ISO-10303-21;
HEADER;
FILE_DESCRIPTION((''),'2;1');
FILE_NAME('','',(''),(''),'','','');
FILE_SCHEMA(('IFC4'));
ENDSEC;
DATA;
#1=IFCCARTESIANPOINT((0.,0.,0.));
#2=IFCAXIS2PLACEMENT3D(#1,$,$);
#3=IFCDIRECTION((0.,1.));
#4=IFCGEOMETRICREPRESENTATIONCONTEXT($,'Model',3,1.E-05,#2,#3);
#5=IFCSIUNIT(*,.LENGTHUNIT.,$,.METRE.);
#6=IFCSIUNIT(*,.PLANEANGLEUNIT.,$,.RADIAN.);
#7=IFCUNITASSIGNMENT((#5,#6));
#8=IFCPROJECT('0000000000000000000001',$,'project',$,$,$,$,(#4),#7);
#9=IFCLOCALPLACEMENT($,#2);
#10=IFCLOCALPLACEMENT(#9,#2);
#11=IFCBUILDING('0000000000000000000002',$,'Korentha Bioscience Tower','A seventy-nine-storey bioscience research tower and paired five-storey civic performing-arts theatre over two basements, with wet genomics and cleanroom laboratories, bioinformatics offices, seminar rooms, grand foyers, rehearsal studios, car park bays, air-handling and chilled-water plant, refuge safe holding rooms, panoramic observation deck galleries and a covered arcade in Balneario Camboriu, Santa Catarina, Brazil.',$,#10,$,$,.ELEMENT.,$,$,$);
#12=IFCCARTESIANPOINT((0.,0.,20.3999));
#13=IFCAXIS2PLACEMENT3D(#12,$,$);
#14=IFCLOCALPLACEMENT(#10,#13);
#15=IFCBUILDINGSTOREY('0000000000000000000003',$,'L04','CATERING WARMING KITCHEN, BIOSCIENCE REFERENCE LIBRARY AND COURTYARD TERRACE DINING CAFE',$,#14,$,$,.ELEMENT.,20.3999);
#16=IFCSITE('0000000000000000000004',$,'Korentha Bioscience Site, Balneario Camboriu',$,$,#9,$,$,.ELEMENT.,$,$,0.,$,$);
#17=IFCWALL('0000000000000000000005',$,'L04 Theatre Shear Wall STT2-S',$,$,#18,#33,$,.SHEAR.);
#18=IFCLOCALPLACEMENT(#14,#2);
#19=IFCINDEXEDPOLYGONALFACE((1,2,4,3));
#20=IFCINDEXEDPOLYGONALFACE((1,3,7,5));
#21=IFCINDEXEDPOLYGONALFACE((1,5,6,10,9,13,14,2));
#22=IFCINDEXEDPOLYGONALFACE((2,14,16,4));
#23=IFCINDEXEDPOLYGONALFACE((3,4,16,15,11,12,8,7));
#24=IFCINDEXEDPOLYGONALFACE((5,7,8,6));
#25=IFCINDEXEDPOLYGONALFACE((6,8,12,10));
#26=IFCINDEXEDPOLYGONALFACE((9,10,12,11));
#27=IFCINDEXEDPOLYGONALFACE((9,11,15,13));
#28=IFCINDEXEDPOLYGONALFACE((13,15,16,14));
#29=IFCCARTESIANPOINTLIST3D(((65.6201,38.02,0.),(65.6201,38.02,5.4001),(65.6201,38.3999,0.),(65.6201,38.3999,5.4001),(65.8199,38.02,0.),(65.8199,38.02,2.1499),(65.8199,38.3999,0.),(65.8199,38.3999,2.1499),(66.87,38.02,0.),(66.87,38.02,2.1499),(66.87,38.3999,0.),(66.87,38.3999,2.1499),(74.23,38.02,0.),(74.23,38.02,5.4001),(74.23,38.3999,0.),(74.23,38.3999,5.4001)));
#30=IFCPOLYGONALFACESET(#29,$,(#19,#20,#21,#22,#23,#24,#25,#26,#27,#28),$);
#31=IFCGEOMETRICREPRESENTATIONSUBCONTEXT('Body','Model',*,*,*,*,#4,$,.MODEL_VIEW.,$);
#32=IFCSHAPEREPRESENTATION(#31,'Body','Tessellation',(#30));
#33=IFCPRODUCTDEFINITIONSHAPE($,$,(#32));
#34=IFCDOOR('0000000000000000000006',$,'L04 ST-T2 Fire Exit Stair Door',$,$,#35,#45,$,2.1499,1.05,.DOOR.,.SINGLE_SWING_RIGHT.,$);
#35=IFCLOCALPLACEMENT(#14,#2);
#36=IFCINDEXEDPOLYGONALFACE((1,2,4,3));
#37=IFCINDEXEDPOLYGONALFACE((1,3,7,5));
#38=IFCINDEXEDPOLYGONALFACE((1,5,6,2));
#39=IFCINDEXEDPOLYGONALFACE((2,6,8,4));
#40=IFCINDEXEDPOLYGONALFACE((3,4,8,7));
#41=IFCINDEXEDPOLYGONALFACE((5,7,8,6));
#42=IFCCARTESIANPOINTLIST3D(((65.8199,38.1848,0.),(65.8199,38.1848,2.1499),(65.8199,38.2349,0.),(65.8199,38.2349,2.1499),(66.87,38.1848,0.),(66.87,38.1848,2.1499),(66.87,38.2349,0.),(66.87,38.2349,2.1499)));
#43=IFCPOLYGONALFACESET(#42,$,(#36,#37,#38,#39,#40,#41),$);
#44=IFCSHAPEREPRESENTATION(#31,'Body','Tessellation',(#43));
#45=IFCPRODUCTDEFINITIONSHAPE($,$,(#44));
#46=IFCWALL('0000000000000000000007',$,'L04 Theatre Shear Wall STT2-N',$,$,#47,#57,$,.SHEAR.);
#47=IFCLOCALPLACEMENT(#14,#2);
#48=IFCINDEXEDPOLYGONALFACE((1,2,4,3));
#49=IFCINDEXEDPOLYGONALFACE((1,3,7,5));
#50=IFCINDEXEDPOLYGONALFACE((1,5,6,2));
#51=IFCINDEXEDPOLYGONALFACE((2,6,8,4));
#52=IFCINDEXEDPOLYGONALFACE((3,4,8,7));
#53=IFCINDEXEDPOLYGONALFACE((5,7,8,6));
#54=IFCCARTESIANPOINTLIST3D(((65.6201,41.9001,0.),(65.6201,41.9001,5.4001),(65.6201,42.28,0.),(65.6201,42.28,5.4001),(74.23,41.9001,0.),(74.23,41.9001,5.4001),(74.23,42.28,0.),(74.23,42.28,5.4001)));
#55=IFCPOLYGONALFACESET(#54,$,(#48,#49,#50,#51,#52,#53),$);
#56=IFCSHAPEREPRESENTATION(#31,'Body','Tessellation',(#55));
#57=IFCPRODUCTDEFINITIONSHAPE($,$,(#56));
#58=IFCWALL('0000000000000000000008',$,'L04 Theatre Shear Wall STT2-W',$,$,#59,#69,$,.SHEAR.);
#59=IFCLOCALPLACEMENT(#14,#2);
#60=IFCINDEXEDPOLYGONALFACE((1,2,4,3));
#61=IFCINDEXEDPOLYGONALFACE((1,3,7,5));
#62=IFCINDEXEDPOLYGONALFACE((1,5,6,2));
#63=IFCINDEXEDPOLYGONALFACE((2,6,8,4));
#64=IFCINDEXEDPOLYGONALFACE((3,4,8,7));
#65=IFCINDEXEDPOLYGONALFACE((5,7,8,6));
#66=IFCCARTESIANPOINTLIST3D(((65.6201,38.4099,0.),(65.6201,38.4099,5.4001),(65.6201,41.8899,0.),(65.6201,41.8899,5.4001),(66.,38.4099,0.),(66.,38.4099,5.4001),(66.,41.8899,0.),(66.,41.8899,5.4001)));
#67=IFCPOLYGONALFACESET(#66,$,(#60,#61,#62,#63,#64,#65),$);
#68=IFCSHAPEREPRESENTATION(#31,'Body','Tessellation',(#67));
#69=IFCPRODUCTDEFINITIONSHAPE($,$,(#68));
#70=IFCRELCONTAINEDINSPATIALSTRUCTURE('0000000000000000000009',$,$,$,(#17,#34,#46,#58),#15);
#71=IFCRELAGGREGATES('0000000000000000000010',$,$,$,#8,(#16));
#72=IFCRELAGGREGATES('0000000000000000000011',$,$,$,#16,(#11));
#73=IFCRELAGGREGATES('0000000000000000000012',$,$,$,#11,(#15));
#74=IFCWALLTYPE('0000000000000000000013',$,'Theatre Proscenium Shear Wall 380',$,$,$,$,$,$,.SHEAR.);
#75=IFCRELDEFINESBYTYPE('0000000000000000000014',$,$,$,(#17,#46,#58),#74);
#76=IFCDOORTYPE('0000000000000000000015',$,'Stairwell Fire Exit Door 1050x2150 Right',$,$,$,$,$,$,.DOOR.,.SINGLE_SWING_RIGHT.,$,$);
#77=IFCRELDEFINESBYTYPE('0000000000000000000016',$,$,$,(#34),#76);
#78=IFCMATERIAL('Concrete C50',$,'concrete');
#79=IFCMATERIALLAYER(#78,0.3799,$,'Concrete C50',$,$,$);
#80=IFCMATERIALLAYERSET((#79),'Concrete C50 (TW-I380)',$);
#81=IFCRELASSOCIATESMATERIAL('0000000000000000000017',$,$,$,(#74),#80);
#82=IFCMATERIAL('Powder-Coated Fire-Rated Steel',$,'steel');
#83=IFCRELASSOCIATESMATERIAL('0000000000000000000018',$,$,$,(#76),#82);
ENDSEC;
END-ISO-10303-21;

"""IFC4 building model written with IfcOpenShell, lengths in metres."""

from ifc_helpers import new_model, si_unit, direction, frame, frame_2d, origin, place, context, subcontext, project, spatial, rectangle, extrude, material, layer, layer_set, type_object, element, fill, save


model = new_model("IFC4")

# Units and contexts
model_context = context("Model", 3, precision=1e-05, world=origin(), true_north=direction((0.0, 1.0)))
body_context = subcontext(model_context, "Body", "Model", "MODEL_VIEW")
ifc_project = project(units=[si_unit("LENGTHUNIT", "METRE"), si_unit("PLANEANGLEUNIT", "RADIAN")], contexts=[model_context])

# Site, building, storey
site_placement = place(None, origin())
site = spatial("IfcSite", under=ifc_project, at=site_placement, Name="Korentha Bioscience Site, Balneario Camboriu", CompositionType="ELEMENT", RefElevation=0.0)
building_placement = place(site_placement, origin())
building = spatial("IfcBuilding", under=site, at=building_placement, Name="Korentha Bioscience Tower", Description="A seventy-nine-storey bioscience research tower and paired five-storey civic performing-arts theatre over two basements, with wet genomics and cleanroom laboratories, bioinformatics offices, seminar rooms, grand foyers, rehearsal studios, car park bays, air-handling and chilled-water plant, refuge safe holding rooms, panoramic observation deck galleries and a covered arcade in Balneario Camboriu, Santa Catarina, Brazil.", CompositionType="ELEMENT")
storey_placement = place(building_placement, frame((0.0, 0.0, 20.3999)))
storey = spatial("IfcBuildingStorey", under=building, at=storey_placement, Name="L04", Description="CATERING WARMING KITCHEN, BIOSCIENCE REFERENCE LIBRARY AND COURTYARD TERRACE DINING CAFE", CompositionType="ELEMENT", Elevation=20.3999)

# Shared definitions
ifc_material_1 = material(Name="Concrete C50", Category="concrete")

# Wall, opening, door
ifc_layer_1 = layer(ifc_material_1, 0.3799, Name="Concrete C50")
ifc_layer_set_1 = layer_set([ifc_layer_1], Name="Concrete C50 (TW-I380)")
wall_type_1 = type_object("IfcWallType", Name="Theatre Proscenium Shear Wall 380", PredefinedType="SHEAR", material=ifc_layer_set_1)
wall_1_placement = place(storey_placement, frame((65.6201, 38.21, 0.0), z_axis=(0.0, 0.0, 1.0), x_axis=(1.0, 0.0, 0.0)))
wall_1 = element("IfcWall", 1, at=wall_1_placement, inside=storey, type_object=wall_type_1, Name="L04 Theatre Shear Wall STT2-S", PredefinedType="SHEAR", context=body_context, shape_type="SweptSolid", body=[
    extrude(rectangle(XDim=8.6099, YDim=0.3799, at=frame_2d((4.3049, 0.0))), origin(), (0.0, 0.0, 1.0), 5.4001),
])
opening_placement = place(wall_1_placement, frame((0.2, 0.0, 0.0)))
opening = element("IfcOpeningElement", 2, at=opening_placement, cuts=wall_1, PredefinedType="OPENING", context=body_context, shape_type="SweptSolid", body=[
    extrude(rectangle(XDim=1.05, YDim=2.1499, at=frame_2d((0.5249, 1.075))), frame((0.0, 0.2048, 0.0), z_axis=(0.0, -1.0, 0.0), x_axis=(1.0, 0.0, 0.0)), (0.0, 0.0, 1.0), 0.4097),
])
ifc_material_2 = material(Name="Powder-Coated Fire-Rated Steel", Category="steel")
door_type = type_object("IfcDoorType", Name="Stairwell Fire Exit Door 1050x2150 Right", OperationType="SINGLE_SWING_RIGHT", PredefinedType="DOOR", material=ifc_material_2)
door_placement = place(opening_placement, origin())
door = element("IfcDoor", 3, at=door_placement, inside=storey, type_object=door_type, Name="L04 ST-T2 Fire Exit Stair Door", OperationType="SINGLE_SWING_RIGHT", OverallHeight=2.1499, OverallWidth=1.05, PredefinedType="DOOR", context=body_context, shape_type="SweptSolid", body=[
    extrude(rectangle(XDim=1.05, YDim=2.1499, at=frame_2d((0.5249, 1.075))), frame((0.0, 0.0249, 0.0), z_axis=(0.0, -1.0, 0.0), x_axis=(1.0, 0.0, 0.0)), (0.0, 0.0, 1.0), 0.05),
])
fill(opening, door)

# Walls
wall_2_placement = place(storey_placement, frame((65.6201, 42.0901, 0.0), z_axis=(0.0, 0.0, 1.0), x_axis=(1.0, 0.0, 0.0)))
element("IfcWall", 4, at=wall_2_placement, inside=storey, type_object=wall_type_1, Name="L04 Theatre Shear Wall STT2-N", PredefinedType="SHEAR", context=body_context, shape_type="SweptSolid", body=[
    extrude(rectangle(XDim=8.6099, YDim=0.3799, at=frame_2d((4.3049, 0.0))), origin(), (0.0, 0.0, 1.0), 5.4001),
])
wall_3_placement = place(storey_placement, frame((65.8101, 38.4099, 0.0), z_axis=(0.0, 0.0, 1.0), x_axis=(0.0, 1.0, 0.0)))
element("IfcWall", 5, at=wall_3_placement, inside=storey, type_object=wall_type_1, Name="L04 Theatre Shear Wall STT2-W", PredefinedType="SHEAR", context=body_context, shape_type="SweptSolid", body=[
    extrude(rectangle(XDim=3.48, YDim=0.3799, at=frame_2d((1.74, 0.0))), origin(), (0.0, 0.0, 1.0), 5.4001),
])

save(model, "model.ifc")
